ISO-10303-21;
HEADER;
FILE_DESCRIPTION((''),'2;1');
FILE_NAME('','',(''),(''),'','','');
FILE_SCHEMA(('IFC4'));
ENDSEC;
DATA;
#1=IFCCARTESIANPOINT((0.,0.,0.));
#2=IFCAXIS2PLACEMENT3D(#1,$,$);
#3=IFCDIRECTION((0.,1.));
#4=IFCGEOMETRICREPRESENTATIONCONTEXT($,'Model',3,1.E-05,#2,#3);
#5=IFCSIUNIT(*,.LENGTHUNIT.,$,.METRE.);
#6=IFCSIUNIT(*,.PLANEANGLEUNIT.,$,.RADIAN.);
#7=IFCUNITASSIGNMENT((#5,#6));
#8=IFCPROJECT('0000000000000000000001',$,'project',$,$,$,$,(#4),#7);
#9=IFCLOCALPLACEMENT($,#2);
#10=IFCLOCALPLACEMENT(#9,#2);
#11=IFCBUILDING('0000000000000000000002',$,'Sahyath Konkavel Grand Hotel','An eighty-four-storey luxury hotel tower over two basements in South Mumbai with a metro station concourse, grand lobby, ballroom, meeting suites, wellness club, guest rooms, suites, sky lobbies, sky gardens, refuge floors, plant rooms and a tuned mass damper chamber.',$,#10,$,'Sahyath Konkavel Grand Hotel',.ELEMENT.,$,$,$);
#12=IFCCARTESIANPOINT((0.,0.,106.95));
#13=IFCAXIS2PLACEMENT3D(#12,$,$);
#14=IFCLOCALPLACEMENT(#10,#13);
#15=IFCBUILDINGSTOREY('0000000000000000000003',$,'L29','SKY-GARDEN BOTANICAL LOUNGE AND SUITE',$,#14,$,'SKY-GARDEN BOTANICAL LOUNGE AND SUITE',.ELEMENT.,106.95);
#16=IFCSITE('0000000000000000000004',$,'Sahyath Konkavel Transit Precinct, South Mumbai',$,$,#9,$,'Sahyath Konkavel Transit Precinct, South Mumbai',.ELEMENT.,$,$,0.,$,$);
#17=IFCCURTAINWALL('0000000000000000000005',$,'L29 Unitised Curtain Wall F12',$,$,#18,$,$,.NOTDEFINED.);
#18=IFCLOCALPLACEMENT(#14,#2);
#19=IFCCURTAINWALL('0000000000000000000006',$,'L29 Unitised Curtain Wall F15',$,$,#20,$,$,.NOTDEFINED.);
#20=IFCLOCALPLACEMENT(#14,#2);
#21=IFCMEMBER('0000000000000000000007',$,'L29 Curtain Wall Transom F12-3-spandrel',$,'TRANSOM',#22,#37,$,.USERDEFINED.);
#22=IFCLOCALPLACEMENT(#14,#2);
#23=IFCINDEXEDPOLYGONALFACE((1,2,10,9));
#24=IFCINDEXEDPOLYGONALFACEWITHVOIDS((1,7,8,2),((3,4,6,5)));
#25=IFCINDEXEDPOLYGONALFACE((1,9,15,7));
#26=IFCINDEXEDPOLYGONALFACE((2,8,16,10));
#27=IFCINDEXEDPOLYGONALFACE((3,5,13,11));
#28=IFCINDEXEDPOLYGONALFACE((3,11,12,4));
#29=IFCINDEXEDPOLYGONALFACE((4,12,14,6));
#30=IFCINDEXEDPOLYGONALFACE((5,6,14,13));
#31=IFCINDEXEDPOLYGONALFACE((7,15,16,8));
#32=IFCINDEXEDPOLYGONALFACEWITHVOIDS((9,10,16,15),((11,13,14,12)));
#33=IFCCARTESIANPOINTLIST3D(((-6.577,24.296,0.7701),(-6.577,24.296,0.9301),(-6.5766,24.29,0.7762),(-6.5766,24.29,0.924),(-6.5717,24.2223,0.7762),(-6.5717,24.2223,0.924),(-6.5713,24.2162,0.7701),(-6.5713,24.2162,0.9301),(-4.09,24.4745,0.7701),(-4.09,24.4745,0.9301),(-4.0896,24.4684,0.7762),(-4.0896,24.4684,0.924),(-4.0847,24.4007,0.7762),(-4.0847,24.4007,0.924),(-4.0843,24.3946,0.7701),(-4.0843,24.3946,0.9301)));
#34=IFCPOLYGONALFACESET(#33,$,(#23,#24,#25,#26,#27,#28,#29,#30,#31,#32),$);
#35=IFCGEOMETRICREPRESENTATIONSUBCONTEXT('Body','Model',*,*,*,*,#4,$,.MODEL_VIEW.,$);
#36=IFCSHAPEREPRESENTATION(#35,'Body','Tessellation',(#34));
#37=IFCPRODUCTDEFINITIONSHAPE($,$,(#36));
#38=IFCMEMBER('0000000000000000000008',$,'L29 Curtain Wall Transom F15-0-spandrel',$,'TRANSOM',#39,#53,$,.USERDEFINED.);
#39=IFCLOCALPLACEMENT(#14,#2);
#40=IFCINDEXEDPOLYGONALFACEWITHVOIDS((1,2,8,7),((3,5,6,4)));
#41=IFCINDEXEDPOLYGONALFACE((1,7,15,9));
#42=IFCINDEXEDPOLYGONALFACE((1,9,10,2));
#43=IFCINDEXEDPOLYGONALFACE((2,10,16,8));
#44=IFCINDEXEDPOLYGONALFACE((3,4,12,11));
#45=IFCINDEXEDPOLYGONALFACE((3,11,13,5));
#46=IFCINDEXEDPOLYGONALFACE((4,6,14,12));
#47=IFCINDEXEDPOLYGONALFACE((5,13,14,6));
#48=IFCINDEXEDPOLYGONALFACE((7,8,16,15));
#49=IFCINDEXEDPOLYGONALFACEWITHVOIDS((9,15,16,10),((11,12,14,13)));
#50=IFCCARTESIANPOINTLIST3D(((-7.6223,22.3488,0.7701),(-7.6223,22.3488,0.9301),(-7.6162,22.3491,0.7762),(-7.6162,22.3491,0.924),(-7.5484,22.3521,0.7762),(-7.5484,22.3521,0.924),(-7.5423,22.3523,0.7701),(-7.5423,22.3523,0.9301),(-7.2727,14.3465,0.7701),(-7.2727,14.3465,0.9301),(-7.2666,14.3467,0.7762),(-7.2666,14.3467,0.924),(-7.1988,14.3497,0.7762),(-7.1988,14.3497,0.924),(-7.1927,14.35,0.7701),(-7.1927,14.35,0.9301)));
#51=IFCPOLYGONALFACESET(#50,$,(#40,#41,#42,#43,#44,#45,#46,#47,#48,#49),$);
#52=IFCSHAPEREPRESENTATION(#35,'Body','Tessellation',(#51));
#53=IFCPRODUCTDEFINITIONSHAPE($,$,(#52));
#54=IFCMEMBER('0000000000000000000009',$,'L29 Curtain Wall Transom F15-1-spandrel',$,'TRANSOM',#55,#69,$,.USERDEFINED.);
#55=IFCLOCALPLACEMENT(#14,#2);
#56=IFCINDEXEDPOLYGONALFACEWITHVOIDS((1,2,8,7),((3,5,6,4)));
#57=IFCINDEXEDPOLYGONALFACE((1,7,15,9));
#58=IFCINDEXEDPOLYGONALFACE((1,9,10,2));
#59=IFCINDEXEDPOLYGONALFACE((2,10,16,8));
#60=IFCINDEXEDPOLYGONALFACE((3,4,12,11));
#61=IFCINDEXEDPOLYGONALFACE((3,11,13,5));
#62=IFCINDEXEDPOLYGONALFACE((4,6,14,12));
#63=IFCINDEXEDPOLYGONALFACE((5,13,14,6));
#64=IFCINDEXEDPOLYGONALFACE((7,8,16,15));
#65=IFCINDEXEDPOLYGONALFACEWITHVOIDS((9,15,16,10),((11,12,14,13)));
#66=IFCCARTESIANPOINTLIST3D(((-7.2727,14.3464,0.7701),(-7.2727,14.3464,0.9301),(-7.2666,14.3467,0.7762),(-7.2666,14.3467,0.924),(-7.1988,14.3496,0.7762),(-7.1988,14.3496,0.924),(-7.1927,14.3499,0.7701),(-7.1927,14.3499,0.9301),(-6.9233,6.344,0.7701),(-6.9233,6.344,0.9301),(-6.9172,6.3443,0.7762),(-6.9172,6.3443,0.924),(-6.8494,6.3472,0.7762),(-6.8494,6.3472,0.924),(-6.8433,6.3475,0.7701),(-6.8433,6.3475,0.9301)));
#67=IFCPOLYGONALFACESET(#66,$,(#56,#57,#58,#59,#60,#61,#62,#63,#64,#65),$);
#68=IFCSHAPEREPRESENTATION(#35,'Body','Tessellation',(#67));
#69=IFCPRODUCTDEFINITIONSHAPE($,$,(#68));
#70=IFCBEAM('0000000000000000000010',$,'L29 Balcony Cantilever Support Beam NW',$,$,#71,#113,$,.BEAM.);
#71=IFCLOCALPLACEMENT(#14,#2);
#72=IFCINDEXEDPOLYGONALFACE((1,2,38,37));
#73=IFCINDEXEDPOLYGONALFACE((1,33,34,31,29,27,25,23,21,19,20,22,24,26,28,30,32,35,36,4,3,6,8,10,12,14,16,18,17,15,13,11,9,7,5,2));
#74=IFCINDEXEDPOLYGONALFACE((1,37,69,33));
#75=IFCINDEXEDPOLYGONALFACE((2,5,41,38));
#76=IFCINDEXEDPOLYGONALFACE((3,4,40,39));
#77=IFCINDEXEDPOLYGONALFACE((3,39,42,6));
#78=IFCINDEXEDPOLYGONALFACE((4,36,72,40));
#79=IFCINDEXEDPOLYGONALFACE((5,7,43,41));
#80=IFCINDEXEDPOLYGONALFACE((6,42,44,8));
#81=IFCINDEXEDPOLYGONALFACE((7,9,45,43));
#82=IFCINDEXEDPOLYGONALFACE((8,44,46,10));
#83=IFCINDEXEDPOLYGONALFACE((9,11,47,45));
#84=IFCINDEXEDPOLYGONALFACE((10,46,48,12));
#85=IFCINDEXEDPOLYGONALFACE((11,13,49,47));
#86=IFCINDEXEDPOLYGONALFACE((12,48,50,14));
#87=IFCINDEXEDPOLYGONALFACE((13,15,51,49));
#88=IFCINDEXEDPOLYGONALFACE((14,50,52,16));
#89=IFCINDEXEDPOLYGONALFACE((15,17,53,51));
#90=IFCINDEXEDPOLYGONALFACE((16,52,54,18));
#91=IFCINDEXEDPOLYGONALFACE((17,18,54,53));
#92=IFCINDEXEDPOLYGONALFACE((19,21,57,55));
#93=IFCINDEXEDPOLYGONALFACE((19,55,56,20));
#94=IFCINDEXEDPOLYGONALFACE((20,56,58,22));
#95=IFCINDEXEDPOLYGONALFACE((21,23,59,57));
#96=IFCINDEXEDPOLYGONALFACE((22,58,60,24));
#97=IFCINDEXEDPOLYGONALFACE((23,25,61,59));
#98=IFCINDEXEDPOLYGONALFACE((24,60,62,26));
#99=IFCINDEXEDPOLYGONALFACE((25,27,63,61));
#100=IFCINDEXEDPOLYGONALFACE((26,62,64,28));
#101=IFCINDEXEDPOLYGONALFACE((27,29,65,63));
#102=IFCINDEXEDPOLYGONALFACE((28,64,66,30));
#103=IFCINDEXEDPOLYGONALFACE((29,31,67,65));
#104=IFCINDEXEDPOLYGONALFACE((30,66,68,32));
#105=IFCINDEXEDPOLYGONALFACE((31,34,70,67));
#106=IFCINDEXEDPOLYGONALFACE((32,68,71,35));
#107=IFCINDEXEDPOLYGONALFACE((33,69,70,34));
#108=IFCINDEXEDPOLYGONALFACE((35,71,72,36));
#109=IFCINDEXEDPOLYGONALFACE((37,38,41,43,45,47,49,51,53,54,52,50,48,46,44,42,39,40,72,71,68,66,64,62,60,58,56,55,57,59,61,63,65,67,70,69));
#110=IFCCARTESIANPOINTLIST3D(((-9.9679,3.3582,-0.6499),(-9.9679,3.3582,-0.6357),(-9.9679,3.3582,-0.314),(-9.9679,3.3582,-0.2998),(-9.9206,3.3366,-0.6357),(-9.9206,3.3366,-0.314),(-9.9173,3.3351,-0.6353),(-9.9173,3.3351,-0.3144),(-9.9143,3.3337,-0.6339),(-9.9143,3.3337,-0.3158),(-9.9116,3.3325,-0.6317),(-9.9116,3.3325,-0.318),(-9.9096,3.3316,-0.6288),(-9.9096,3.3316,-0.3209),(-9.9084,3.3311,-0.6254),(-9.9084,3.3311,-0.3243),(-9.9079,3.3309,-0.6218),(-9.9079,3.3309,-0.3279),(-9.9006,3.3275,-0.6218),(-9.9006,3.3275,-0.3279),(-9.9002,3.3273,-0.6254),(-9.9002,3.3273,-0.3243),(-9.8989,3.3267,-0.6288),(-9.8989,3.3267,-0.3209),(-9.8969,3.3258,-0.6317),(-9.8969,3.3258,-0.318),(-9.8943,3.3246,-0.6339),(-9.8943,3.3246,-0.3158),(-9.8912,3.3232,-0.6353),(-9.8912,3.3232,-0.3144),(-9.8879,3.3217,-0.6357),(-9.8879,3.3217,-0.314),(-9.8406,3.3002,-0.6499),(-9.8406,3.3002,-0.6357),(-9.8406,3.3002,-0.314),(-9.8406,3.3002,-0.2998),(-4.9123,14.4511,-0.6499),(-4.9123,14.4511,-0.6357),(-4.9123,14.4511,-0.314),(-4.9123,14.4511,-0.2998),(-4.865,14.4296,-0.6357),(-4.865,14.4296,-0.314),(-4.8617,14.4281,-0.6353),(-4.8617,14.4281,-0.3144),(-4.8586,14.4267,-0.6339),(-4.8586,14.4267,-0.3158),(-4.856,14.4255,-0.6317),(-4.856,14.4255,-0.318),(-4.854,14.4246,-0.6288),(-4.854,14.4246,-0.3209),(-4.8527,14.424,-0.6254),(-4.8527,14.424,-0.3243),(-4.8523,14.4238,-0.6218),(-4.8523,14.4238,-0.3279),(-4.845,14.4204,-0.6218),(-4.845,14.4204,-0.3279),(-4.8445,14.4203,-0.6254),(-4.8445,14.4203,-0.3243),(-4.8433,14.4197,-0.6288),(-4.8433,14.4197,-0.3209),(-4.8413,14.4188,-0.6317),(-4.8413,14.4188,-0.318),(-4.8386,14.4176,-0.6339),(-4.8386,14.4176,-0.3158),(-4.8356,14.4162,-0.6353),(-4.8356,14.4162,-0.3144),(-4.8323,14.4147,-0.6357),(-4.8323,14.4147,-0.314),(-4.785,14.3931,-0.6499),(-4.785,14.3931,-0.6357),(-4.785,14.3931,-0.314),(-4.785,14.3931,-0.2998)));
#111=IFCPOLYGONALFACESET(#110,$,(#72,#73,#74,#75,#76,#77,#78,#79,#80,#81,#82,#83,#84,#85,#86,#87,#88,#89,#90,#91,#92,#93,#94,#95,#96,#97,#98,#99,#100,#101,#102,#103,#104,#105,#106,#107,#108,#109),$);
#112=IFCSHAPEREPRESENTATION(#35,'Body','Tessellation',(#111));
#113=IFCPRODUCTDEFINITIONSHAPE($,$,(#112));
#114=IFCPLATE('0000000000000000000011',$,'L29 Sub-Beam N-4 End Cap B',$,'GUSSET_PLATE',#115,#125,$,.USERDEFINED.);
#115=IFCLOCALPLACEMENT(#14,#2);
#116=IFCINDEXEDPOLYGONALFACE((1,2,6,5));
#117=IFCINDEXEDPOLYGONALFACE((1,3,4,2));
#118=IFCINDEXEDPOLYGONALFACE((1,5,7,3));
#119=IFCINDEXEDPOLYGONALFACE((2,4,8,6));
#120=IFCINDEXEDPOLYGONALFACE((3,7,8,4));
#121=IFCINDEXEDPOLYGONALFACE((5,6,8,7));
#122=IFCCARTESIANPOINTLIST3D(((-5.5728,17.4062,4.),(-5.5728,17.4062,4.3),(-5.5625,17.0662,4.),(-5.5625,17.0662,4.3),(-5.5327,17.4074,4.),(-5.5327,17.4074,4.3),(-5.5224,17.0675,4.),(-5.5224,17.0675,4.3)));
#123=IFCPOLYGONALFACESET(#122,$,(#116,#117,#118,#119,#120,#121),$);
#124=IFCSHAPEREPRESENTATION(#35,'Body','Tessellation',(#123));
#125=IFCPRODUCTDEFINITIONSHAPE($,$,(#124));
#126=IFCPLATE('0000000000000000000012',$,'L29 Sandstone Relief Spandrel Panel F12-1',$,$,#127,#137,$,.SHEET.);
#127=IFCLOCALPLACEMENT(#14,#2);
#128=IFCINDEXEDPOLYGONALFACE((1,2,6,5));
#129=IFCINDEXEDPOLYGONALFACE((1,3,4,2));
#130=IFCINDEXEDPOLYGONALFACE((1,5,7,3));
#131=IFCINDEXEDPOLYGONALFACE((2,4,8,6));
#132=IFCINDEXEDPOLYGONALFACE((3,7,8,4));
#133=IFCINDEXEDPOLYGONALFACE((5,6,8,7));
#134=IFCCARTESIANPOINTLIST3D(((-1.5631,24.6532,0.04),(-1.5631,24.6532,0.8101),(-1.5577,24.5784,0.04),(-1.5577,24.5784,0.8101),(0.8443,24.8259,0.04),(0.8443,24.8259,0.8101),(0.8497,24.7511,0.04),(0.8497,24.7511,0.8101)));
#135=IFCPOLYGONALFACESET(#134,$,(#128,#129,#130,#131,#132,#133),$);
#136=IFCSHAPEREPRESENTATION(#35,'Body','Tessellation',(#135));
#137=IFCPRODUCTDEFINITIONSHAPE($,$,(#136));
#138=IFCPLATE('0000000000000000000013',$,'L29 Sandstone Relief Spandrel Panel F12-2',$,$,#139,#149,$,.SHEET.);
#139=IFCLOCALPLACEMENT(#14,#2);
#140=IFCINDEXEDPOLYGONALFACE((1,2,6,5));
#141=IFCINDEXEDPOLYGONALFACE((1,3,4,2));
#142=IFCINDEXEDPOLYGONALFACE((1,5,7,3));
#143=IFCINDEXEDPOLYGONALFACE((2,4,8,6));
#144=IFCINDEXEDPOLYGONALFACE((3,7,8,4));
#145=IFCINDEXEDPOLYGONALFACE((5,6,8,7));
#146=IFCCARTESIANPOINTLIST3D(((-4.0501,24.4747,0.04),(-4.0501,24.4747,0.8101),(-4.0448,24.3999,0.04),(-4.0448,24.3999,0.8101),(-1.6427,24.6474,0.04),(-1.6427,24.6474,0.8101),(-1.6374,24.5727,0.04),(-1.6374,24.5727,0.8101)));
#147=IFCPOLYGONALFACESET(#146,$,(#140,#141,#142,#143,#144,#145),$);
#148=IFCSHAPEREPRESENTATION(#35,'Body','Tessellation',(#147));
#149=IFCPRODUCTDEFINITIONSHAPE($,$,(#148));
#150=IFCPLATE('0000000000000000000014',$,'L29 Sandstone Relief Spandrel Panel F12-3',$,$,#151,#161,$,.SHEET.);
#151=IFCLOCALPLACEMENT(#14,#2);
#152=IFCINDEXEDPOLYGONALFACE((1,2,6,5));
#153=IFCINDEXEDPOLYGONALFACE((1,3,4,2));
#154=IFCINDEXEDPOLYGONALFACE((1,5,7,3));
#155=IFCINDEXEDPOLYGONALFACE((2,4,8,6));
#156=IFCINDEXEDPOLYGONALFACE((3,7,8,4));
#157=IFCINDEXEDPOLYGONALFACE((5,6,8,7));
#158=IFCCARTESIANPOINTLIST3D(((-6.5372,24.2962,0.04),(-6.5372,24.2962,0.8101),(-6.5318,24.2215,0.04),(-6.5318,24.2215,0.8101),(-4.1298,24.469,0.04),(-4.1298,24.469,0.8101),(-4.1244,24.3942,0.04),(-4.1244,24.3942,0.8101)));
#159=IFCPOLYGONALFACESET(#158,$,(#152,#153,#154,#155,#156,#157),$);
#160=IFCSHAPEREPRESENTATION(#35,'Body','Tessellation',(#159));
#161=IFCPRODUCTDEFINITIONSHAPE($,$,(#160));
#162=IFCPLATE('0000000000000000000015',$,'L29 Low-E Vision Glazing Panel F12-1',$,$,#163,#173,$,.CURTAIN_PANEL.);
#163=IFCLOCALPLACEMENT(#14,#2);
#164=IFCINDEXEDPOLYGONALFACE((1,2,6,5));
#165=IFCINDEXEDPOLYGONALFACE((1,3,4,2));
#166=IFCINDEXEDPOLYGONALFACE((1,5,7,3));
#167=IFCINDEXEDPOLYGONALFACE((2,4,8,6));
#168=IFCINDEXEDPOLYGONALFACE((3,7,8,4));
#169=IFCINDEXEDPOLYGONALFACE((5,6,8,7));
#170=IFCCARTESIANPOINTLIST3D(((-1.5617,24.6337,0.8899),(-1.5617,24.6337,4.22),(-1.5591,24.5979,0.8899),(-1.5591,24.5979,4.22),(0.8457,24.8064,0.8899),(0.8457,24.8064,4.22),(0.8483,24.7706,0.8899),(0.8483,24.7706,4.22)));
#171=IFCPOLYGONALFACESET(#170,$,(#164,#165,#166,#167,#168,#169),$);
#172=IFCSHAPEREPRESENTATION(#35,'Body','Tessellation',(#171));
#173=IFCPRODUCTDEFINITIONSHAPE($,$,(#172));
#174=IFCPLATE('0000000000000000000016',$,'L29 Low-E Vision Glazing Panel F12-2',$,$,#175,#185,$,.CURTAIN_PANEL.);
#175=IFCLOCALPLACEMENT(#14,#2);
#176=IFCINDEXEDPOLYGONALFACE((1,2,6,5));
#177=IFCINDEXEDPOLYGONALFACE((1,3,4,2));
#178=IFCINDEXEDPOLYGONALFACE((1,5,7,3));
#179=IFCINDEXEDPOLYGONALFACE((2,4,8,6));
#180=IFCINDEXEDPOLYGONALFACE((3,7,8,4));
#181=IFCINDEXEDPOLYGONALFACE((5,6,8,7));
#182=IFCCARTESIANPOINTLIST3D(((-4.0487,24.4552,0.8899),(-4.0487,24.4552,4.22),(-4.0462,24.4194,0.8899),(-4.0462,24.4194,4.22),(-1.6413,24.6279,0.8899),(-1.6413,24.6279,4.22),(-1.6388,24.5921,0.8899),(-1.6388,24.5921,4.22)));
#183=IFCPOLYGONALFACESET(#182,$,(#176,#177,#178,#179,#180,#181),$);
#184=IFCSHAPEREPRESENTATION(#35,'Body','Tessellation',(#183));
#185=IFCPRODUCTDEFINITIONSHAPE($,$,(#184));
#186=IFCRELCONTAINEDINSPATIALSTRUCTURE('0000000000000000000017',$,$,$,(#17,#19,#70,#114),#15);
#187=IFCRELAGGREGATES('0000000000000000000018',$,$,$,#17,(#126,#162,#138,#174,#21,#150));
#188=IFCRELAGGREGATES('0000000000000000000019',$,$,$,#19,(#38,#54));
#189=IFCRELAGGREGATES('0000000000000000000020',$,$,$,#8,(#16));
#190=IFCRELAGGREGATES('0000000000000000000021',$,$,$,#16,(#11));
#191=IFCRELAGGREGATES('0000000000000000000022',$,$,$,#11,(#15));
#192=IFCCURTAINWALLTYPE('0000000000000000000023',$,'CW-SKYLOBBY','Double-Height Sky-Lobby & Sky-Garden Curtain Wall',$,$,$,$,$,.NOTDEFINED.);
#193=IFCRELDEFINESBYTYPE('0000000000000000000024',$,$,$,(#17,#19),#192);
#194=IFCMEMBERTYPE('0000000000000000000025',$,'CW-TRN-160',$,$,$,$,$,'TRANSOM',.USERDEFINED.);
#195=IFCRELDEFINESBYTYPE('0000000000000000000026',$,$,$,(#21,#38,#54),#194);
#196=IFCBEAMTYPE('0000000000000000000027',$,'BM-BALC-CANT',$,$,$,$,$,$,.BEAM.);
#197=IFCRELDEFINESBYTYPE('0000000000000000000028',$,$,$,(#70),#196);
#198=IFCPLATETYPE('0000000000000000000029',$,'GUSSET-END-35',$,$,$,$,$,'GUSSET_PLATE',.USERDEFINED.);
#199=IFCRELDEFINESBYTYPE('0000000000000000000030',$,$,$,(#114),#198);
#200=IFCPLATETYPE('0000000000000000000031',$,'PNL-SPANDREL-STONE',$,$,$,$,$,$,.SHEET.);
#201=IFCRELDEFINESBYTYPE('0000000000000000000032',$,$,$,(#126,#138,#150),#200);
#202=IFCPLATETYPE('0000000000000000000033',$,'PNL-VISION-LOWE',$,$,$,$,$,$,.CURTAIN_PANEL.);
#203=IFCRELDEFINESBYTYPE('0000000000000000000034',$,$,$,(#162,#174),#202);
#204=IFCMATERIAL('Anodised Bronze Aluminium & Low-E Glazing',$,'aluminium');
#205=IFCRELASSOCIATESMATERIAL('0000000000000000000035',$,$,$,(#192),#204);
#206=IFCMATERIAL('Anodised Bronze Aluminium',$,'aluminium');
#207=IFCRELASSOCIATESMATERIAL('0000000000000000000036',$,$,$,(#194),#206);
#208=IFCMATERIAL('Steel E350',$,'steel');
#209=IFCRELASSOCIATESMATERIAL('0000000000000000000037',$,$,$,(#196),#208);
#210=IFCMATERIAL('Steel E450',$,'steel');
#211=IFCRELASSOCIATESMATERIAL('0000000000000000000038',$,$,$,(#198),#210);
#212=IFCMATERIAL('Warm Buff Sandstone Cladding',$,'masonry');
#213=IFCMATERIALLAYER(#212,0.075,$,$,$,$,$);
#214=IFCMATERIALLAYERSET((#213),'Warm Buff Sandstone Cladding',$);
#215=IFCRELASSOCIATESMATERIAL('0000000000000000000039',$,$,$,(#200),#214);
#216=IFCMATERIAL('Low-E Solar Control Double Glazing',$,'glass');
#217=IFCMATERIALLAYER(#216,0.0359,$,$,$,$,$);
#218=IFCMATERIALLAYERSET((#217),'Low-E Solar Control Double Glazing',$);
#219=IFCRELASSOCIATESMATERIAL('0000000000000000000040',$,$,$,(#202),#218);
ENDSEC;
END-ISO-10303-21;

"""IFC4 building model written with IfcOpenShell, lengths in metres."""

from ifc_helpers import new_model, si_unit, direction, frame, origin, origin_2d, place, context, subcontext, project, spatial, rectangle, hollow_rectangle, i_section, extrude, source, transform, mapped, material, layer, layer_set, material_profile, profile_set, type_object, element, aggregate, save


model = new_model("IFC4")

# Units and contexts
model_context = context("Model", 3, precision=1e-05, world=origin(), true_north=direction((0.0, 1.0)))
body_context = subcontext(model_context, "Body", "Model", "MODEL_VIEW")
ifc_project = project(units=[si_unit("LENGTHUNIT", "METRE"), si_unit("PLANEANGLEUNIT", "RADIAN")], contexts=[model_context])

# Site, building, storey
site_placement = place(None, origin())
site = spatial("IfcSite", under=ifc_project, at=site_placement, Name="Sahyath Konkavel Transit Precinct, South Mumbai", LongName="Sahyath Konkavel Transit Precinct, South Mumbai", CompositionType="ELEMENT", RefElevation=0.0)
building_placement = place(site_placement, origin())
building = spatial("IfcBuilding", under=site, at=building_placement, Name="Sahyath Konkavel Grand Hotel", Description="An eighty-four-storey luxury hotel tower over two basements in South Mumbai with a metro station concourse, grand lobby, ballroom, meeting suites, wellness club, guest rooms, suites, sky lobbies, sky gardens, refuge floors, plant rooms and a tuned mass damper chamber.", LongName="Sahyath Konkavel Grand Hotel", CompositionType="ELEMENT")
storey_placement = place(building_placement, frame((0.0, 0.0, 106.95)))
storey = spatial("IfcBuildingStorey", under=building, at=storey_placement, Name="L29", Description="SKY-GARDEN BOTANICAL LOUNGE AND SUITE", LongName="SKY-GARDEN BOTANICAL LOUNGE AND SUITE", CompositionType="ELEMENT", Elevation=106.95)

# Shared definitions
ifc_material_1 = material(Name="Steel E350", Category="steel")

# Curtain walls
ifc_material_2 = material(Name="Anodised Bronze Aluminium & Low-E Glazing", Category="aluminium")
curtain_wall_type = type_object("IfcCurtainWallType", Name="CW-SKYLOBBY", Description="Double-Height Sky-Lobby & Sky-Garden Curtain Wall", PredefinedType="NOTDEFINED", material=ifc_material_2)
curtain_wall_1_placement = place(storey_placement, origin())
curtain_wall_1 = element("IfcCurtainWall", 1, at=curtain_wall_1_placement, inside=storey, type_object=curtain_wall_type, Name="L29 Unitised Curtain Wall F12", PredefinedType="NOTDEFINED")
ifc_material_3 = material(Name="Anodised Bronze Aluminium", Category="aluminium")
curtain_wall_2_placement = place(storey_placement, origin())
curtain_wall_2 = element("IfcCurtainWall", 2, at=curtain_wall_2_placement, inside=storey, type_object=curtain_wall_type, Name="L29 Unitised Curtain Wall F15", PredefinedType="NOTDEFINED")

# Members
ifc_material_profile_1 = material_profile(ifc_material_3, hollow_rectangle(XDim=0.0801, YDim=0.1599, WallThickness=0.0061, at=origin_2d()), Name="RHS 160x80x6")
ifc_profile_set_1 = profile_set([ifc_material_profile_1], Name="Anodised Bronze Aluminium")
member_type_1 = type_object("IfcMemberType", Name="CW-TRN-160", ElementType="TRANSOM", PredefinedType="USERDEFINED", material=ifc_profile_set_1)
shared_shape_1 = source(origin(), body_context, "Body", "SweptSolid", [
    extrude(hollow_rectangle(XDim=0.0801, YDim=0.1599, WallThickness=0.0061, at=origin_2d()), origin(), (0.0, 0.0, 1.0), 2.4934),
])
member_1_placement = place(storey_placement, frame((-4.0872, 24.4346, 0.8501), z_axis=(-0.997435, -0.071574, 0.0), x_axis=(0.071574, -0.997435, 0.0)))
member_1 = element("IfcMember", 3, at=member_1_placement, type_object=member_type_1, Name="L29 Curtain Wall Transom F12-3-spandrel", ObjectType="TRANSOM", PredefinedType="USERDEFINED", context=body_context, shape_type="MappedRepresentation", body=[
    mapped(shared_shape_1, transform((0.0, 0.0, 0.0), scale=1.0)),
])
shared_shape_2 = source(origin(), body_context, "Body", "SweptSolid", [
    extrude(hollow_rectangle(XDim=0.0801, YDim=0.1599, WallThickness=0.0061, at=origin_2d()), origin(), (0.0, 0.0, 1.0), 8.01),
])
member_2_placement = place(storey_placement, frame((-7.5823, 22.3506, 0.8501), z_axis=(0.043646, -0.999047, 0.0), x_axis=(0.999047, 0.043646, 0.0)))
member_2 = element("IfcMember", 4, at=member_2_placement, type_object=member_type_1, Name="L29 Curtain Wall Transom F15-0-spandrel", ObjectType="TRANSOM", PredefinedType="USERDEFINED", context=body_context, shape_type="MappedRepresentation", body=[
    mapped(shared_shape_2, transform((0.0, 0.0, 0.0), scale=1.0)),
])
member_3_placement = place(storey_placement, frame((-7.2327, 14.3481, 0.8501), z_axis=(0.043616, -0.999048, 0.0), x_axis=(0.999048, 0.043616, 0.0)))
member_3 = element("IfcMember", 5, at=member_3_placement, type_object=member_type_1, Name="L29 Curtain Wall Transom F15-1-spandrel", ObjectType="TRANSOM", PredefinedType="USERDEFINED", context=body_context, shape_type="MappedRepresentation", body=[
    mapped(shared_shape_2, transform((0.0, 0.0, 0.0), scale=1.0)),
])

# Beam
ifc_material_profile_2 = material_profile(ifc_material_1, i_section(OverallWidth=0.1399, OverallDepth=0.3501, WebThickness=0.0081, FlangeThickness=0.0142, FilletRadius=0.0139, at=origin_2d()), Name="ISMB 350")
ifc_profile_set_2 = profile_set([ifc_material_profile_2], Name="Steel E350")
beam_type_1 = type_object("IfcBeamType", Name="BM-BALC-CANT", PredefinedType="BEAM", material=ifc_profile_set_2)
shared_shape_3 = source(origin(), body_context, "Body", "SweptSolid", [
    extrude(i_section(OverallWidth=0.1399, OverallDepth=0.3501, WebThickness=0.0081, FlangeThickness=0.0142, FilletRadius=0.0139, at=origin_2d()), origin(), (0.0, 0.0, 1.0), 12.1907),
])
beam_1_placement = place(storey_placement, frame((-4.8486, 14.4221, -0.4749), z_axis=(-0.414713, -0.909952, 0.0), x_axis=(0.909952, -0.414713, 0.0)))
element("IfcBeam", 6, at=beam_1_placement, inside=storey, type_object=beam_type_1, Name="L29 Balcony Cantilever Support Beam NW", PredefinedType="BEAM", context=body_context, shape_type="MappedRepresentation", body=[
    mapped(shared_shape_3, transform((0.0, 0.0, 0.0), scale=1.0)),
])

# Plates
ifc_material_4 = material(Name="Steel E450", Category="steel")
plate_type_1 = type_object("IfcPlateType", Name="GUSSET-END-35", ElementType="GUSSET_PLATE", PredefinedType="USERDEFINED", material=ifc_material_4)
shared_shape_4 = source(origin(), body_context, "Body", "SweptSolid", [
    extrude(rectangle(XDim=0.04, YDim=0.3401, at=origin_2d()), origin(), (0.0, 0.0, 1.0), 0.3),
])
plate_1_placement = place(storey_placement, frame((-5.5476, 17.2368, 4.0), z_axis=(0.0, 0.0, 1.0), x_axis=(-0.999542, -0.030277, 0.0)))
element("IfcPlate", 7, at=plate_1_placement, inside=storey, type_object=plate_type_1, Name="L29 Sub-Beam N-4 End Cap B", ObjectType="GUSSET_PLATE", PredefinedType="USERDEFINED", context=body_context, shape_type="MappedRepresentation", body=[
    mapped(shared_shape_4, transform((0.0, 0.0, 0.0), scale=1.0)),
])
ifc_material_5 = material(Name="Warm Buff Sandstone Cladding", Category="masonry")
ifc_layer_1 = layer(ifc_material_5, 0.075)
ifc_layer_set_1 = layer_set([ifc_layer_1], Name="Warm Buff Sandstone Cladding")
plate_type_2 = type_object("IfcPlateType", Name="PNL-SPANDREL-STONE", PredefinedType="SHEET", material=ifc_layer_set_1)
shared_shape_5 = source(origin(), body_context, "Body", "SweptSolid", [
    extrude(rectangle(XDim=2.4136, YDim=0.075, at=origin_2d()), origin(), (0.0, 0.0, 1.0), 0.77),
])
plate_2_placement = place(storey_placement, frame((-0.3567, 24.7021, 0.04), z_axis=(0.0, 0.0, 1.0), x_axis=(-0.997436, -0.071567, 0.0)))
plate_2 = element("IfcPlate", 8, at=plate_2_placement, type_object=plate_type_2, Name="L29 Sandstone Relief Spandrel Panel F12-1", PredefinedType="SHEET", context=body_context, shape_type="MappedRepresentation", body=[
    mapped(shared_shape_5, transform((0.0, 0.0, 0.0), scale=1.0)),
])
plate_3_placement = place(storey_placement, frame((-2.8438, 24.5237, 0.04), z_axis=(0.0, 0.0, 1.0), x_axis=(-0.997436, -0.071567, 0.0)))
plate_3 = element("IfcPlate", 9, at=plate_3_placement, type_object=plate_type_2, Name="L29 Sandstone Relief Spandrel Panel F12-2", PredefinedType="SHEET", context=body_context, shape_type="MappedRepresentation", body=[
    mapped(shared_shape_5, transform((0.0, 0.0, 0.0), scale=1.0)),
])
plate_4_placement = place(storey_placement, frame((-5.3308, 24.3452, 0.04), z_axis=(0.0, 0.0, 1.0), x_axis=(-0.997436, -0.071567, 0.0)))
plate_4 = element("IfcPlate", 10, at=plate_4_placement, type_object=plate_type_2, Name="L29 Sandstone Relief Spandrel Panel F12-3", PredefinedType="SHEET", context=body_context, shape_type="MappedRepresentation", body=[
    mapped(shared_shape_5, transform((0.0, 0.0, 0.0), scale=1.0)),
])
ifc_material_6 = material(Name="Low-E Solar Control Double Glazing", Category="glass")
ifc_layer_2 = layer(ifc_material_6, 0.0359)
ifc_layer_set_2 = layer_set([ifc_layer_2], Name="Low-E Solar Control Double Glazing")
plate_type_3 = type_object("IfcPlateType", Name="PNL-VISION-LOWE", PredefinedType="CURTAIN_PANEL", material=ifc_layer_set_2)
shared_shape_6 = source(origin(), body_context, "Body", "SweptSolid", [
    extrude(rectangle(XDim=2.4136, YDim=0.0359, at=origin_2d()), origin(), (0.0, 0.0, 1.0), 3.3301),
])
plate_5_placement = place(storey_placement, frame((-0.3567, 24.7021, 0.8899), z_axis=(0.0, 0.0, 1.0), x_axis=(-0.997436, -0.071567, 0.0)))
plate_5 = element("IfcPlate", 11, at=plate_5_placement, type_object=plate_type_3, Name="L29 Low-E Vision Glazing Panel F12-1", PredefinedType="CURTAIN_PANEL", context=body_context, shape_type="MappedRepresentation", body=[
    mapped(shared_shape_6, transform((0.0, 0.0, 0.0), scale=1.0)),
])
plate_6_placement = place(storey_placement, frame((-2.8438, 24.5237, 0.8899), z_axis=(0.0, 0.0, 1.0), x_axis=(-0.997436, -0.071567, 0.0)))
plate_6 = element("IfcPlate", 12, at=plate_6_placement, type_object=plate_type_3, Name="L29 Low-E Vision Glazing Panel F12-2", PredefinedType="CURTAIN_PANEL", context=body_context, shape_type="MappedRepresentation", body=[
    mapped(shared_shape_6, transform((0.0, 0.0, 0.0), scale=1.0)),
])
aggregate(curtain_wall_1, [plate_2, plate_5, plate_3, plate_6, member_1, plate_4])
aggregate(curtain_wall_2, [member_2, member_3])

save(model, "model.ifc")
